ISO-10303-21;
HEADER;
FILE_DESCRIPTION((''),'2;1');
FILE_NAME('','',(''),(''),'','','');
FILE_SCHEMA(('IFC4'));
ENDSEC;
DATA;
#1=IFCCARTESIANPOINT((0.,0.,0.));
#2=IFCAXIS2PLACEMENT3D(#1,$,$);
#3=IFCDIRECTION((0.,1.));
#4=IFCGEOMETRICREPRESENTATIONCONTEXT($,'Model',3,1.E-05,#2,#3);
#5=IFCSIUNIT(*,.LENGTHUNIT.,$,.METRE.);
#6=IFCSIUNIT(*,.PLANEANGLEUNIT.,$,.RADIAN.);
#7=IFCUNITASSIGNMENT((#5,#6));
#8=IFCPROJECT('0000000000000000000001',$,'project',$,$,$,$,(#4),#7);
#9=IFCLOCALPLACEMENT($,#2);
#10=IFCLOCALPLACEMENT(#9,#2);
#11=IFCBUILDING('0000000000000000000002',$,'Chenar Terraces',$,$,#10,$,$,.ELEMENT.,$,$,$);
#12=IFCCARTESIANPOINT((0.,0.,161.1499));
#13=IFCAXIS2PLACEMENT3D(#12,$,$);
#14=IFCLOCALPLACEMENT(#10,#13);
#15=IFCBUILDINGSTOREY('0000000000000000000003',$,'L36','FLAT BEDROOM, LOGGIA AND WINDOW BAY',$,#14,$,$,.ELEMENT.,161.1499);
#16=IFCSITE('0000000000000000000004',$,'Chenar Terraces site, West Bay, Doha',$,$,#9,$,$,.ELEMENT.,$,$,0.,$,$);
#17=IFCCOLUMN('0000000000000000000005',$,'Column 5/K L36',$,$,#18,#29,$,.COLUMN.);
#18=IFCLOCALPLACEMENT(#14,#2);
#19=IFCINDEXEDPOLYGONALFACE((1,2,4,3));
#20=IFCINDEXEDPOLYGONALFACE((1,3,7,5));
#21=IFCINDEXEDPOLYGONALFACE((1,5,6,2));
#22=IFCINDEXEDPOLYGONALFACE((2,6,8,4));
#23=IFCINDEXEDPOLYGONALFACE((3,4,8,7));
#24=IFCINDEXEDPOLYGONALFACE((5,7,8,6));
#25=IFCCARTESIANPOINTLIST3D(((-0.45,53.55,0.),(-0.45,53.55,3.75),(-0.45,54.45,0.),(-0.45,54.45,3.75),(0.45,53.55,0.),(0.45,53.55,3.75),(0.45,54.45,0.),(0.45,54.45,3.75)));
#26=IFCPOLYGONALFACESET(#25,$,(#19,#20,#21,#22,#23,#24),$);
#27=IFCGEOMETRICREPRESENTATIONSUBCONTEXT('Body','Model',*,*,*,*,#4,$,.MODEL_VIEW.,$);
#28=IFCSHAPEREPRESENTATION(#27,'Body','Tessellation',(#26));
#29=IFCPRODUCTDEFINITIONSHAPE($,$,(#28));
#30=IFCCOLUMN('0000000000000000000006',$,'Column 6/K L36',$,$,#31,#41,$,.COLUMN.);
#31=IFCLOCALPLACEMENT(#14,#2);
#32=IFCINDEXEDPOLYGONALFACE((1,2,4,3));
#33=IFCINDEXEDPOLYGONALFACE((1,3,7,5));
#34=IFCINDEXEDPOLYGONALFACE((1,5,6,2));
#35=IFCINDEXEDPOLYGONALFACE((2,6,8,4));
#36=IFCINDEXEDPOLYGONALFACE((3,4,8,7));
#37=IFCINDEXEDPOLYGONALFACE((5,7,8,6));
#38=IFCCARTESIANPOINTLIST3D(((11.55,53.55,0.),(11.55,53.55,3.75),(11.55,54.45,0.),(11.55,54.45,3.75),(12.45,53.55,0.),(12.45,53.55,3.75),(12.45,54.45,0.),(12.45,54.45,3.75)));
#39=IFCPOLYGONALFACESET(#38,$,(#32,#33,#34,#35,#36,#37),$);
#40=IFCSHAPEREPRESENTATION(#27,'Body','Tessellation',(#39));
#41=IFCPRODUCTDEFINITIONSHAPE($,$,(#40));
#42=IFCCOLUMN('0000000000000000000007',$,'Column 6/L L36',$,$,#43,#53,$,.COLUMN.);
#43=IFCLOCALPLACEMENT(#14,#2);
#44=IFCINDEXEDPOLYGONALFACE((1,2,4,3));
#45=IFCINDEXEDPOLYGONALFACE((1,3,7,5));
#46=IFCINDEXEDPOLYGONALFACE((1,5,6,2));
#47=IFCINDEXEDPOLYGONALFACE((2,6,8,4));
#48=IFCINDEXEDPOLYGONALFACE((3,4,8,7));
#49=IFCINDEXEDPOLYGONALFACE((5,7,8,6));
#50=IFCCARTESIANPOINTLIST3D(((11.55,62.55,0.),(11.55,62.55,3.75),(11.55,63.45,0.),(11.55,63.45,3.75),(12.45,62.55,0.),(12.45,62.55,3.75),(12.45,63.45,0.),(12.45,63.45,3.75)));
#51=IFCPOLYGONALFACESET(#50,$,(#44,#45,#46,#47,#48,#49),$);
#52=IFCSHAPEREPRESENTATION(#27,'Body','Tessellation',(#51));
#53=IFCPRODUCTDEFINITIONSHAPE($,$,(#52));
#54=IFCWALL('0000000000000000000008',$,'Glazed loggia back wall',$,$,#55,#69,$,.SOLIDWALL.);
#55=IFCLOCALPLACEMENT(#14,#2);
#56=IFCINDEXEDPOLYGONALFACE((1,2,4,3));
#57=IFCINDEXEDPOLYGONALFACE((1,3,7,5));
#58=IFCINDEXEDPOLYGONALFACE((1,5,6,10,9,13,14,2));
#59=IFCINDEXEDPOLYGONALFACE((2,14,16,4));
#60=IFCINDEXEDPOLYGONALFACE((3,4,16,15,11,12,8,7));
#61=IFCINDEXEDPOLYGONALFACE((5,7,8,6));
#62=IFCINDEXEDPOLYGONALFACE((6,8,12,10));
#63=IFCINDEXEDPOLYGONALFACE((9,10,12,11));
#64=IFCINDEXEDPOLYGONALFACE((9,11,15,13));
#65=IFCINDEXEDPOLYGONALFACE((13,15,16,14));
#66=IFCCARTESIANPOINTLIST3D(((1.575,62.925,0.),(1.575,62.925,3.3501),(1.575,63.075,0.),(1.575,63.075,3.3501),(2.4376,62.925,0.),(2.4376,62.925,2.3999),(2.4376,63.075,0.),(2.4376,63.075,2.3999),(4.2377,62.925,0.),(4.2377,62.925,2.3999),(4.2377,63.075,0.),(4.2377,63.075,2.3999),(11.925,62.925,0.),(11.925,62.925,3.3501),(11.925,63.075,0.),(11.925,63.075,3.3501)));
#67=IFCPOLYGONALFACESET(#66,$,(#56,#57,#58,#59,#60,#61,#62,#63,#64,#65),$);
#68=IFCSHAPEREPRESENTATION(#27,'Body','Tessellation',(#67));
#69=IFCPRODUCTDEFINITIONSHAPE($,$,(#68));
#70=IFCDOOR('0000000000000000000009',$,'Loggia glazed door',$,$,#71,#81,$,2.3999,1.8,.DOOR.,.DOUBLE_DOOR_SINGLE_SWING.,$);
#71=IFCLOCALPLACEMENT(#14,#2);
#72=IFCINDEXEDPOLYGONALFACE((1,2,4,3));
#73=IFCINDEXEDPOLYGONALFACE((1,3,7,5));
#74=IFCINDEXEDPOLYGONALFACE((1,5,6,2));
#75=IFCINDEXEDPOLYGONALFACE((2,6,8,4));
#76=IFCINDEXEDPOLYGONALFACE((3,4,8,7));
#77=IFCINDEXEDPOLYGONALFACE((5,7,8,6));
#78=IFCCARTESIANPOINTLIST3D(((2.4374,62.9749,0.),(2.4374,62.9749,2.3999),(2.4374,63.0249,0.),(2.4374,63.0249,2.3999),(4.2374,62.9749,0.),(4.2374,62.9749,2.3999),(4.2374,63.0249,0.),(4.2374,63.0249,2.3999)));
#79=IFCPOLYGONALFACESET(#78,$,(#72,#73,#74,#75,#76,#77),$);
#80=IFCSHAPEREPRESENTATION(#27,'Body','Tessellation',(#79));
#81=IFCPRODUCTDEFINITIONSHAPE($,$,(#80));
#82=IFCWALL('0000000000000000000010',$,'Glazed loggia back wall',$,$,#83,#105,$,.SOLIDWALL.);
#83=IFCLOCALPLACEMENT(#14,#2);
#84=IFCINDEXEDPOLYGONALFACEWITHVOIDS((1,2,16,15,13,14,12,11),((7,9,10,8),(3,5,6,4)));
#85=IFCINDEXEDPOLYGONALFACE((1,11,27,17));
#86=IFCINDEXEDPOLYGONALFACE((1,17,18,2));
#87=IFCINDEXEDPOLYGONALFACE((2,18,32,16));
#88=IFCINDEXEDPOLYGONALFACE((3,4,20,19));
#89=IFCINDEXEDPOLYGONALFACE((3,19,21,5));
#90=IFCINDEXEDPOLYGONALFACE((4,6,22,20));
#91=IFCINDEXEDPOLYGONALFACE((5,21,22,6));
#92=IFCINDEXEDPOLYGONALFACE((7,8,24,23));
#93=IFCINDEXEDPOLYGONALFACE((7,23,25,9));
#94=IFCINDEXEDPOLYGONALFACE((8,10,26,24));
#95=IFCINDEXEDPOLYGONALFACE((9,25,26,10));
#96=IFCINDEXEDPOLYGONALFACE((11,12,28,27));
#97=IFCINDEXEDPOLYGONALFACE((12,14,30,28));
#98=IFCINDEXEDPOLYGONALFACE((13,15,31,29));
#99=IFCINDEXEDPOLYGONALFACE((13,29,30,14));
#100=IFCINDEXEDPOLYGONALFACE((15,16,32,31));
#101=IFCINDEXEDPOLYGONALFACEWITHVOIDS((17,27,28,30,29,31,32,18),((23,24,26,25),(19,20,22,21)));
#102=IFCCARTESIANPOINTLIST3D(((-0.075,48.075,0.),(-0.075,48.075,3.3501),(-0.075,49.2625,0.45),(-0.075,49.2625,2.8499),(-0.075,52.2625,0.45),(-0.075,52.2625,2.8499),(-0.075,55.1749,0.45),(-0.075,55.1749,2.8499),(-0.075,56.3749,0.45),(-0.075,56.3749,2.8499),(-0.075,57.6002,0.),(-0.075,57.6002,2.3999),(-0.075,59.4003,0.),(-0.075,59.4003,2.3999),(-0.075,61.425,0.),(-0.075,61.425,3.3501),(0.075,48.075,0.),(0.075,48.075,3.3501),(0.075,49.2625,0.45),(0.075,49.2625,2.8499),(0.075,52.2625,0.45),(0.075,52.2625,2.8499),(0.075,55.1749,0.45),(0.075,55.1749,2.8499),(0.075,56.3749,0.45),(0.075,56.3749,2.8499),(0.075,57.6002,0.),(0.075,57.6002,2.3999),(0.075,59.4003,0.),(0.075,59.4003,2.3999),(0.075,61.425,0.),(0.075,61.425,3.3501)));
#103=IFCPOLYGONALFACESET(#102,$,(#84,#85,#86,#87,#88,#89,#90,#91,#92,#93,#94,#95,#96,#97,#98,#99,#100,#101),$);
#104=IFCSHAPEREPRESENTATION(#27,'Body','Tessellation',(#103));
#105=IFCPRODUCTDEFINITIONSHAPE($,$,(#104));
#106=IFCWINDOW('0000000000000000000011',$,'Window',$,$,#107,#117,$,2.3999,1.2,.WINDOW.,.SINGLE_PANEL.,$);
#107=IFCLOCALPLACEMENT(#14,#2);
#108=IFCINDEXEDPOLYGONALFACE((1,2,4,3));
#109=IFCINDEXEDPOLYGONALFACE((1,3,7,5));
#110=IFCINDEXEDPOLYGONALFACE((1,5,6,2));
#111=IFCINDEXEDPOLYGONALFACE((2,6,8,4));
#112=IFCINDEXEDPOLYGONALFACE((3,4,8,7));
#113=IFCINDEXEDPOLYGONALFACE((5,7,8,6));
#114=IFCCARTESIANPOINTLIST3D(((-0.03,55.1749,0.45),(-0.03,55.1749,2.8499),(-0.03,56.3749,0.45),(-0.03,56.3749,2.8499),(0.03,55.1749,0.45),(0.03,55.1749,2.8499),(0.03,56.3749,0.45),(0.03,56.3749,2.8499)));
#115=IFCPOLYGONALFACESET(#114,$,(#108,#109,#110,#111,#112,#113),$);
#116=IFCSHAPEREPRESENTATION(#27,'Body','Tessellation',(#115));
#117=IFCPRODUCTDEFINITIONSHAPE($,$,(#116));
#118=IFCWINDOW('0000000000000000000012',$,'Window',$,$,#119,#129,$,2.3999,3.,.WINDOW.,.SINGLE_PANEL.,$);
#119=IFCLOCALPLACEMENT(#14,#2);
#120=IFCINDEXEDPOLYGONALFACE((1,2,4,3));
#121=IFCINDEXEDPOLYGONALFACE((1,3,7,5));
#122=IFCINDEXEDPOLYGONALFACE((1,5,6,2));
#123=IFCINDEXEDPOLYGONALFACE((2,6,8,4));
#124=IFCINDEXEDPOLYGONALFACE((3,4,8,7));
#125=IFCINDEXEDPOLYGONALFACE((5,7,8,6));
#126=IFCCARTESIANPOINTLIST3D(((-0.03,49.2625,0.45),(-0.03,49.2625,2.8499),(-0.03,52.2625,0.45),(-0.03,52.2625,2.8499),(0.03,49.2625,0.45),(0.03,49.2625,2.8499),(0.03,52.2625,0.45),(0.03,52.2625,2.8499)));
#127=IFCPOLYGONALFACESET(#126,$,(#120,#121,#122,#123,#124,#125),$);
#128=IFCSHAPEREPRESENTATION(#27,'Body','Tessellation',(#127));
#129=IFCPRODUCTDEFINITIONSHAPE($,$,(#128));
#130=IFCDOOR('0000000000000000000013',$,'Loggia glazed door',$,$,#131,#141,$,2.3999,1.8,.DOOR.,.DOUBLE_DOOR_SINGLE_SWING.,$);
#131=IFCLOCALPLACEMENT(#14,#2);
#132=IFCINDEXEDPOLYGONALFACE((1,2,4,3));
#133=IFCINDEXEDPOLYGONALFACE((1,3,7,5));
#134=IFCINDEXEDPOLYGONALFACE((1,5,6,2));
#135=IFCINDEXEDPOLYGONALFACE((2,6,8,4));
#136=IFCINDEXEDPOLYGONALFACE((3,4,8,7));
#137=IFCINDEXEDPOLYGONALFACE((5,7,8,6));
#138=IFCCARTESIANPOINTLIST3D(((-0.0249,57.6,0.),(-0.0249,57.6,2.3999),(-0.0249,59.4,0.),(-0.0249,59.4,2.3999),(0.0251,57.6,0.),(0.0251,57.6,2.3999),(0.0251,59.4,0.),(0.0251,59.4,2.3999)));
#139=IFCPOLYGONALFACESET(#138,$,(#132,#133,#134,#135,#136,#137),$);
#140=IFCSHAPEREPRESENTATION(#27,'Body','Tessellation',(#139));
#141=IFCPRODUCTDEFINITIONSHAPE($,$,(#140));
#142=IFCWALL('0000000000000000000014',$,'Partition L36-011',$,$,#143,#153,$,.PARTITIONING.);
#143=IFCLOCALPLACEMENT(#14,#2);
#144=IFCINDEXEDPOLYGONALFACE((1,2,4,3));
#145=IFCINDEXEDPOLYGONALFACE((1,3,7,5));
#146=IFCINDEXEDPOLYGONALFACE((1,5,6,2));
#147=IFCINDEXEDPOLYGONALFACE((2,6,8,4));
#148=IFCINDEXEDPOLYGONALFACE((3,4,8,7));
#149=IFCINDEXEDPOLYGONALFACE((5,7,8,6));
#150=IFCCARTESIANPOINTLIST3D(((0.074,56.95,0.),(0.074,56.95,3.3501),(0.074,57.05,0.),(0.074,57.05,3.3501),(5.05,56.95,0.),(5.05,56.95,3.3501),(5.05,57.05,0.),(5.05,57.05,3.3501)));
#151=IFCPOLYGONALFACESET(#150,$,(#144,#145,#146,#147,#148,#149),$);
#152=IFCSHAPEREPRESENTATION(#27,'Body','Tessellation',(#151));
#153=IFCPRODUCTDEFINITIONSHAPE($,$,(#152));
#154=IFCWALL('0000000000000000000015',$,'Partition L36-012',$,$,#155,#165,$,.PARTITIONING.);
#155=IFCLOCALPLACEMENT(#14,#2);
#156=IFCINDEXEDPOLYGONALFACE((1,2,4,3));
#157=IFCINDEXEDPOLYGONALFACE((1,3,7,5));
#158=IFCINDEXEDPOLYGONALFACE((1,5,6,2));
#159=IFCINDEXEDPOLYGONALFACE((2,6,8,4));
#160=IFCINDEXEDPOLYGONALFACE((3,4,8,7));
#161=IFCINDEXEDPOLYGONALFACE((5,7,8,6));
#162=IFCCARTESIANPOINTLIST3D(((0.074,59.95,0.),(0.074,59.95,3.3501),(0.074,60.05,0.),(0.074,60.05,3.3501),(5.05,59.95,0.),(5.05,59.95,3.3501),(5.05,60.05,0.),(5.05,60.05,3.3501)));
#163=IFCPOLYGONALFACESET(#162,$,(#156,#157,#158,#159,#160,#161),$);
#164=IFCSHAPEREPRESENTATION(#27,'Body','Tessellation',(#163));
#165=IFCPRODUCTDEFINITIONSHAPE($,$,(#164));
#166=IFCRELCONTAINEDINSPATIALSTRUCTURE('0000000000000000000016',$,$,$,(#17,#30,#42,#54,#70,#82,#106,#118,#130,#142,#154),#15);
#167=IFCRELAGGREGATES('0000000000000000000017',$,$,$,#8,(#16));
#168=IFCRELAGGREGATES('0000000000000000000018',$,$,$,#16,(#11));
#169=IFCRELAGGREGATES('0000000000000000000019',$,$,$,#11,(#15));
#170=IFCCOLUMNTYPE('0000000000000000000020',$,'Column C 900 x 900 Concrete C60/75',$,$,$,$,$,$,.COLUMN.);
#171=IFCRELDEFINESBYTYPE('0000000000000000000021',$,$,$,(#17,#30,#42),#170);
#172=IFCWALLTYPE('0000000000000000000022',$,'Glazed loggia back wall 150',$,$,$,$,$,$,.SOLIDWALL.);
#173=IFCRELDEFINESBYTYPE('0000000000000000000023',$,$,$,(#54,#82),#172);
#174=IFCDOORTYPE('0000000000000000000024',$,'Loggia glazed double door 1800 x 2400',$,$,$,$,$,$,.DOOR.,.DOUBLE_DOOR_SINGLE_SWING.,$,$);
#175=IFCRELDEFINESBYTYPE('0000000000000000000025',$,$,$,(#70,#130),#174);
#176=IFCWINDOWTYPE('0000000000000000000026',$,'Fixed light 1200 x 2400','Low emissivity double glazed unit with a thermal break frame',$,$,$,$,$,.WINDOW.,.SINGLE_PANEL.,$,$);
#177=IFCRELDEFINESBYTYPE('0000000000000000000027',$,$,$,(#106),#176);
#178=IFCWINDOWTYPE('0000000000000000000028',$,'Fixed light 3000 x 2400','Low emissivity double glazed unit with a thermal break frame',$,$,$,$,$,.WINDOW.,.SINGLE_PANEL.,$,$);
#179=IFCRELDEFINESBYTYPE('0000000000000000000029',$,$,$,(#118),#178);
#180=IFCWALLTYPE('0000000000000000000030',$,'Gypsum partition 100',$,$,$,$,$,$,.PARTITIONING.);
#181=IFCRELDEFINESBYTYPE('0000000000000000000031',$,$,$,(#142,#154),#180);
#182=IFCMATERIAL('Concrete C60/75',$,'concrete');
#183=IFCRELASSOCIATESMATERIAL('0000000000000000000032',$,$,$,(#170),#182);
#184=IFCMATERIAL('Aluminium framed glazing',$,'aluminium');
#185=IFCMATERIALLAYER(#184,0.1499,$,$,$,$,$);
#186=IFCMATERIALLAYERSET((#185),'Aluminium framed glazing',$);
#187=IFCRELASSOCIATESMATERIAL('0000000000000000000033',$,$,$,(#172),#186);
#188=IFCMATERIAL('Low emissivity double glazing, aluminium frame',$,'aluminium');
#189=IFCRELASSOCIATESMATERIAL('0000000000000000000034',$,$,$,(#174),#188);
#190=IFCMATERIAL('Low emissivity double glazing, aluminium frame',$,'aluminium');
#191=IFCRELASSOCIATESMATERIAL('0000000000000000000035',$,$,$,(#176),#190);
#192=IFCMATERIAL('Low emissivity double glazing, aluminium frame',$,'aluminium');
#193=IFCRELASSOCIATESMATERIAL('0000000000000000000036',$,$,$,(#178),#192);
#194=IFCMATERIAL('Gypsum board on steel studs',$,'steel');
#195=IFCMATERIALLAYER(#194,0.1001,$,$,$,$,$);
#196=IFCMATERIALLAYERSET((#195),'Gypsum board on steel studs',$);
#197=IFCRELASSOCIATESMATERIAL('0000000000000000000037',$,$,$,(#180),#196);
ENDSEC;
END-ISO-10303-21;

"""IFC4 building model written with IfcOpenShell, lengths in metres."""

from ifc_helpers import new_model, si_unit, direction, frame, frame_2d, origin, origin_2d, place, context, subcontext, project, spatial, rectangle, extrude, material, layer, layer_set, material_profile, profile_set, type_object, element, fill, save


model = new_model("IFC4")

# Units and contexts
model_context = context("Model", 3, precision=1e-05, world=origin(), true_north=direction((0.0, 1.0)))
body_context = subcontext(model_context, "Body", "Model", "MODEL_VIEW")
ifc_project = project(units=[si_unit("LENGTHUNIT", "METRE"), si_unit("PLANEANGLEUNIT", "RADIAN")], contexts=[model_context])

# Site, building, storey
site_placement = place(None, origin())
site = spatial("IfcSite", under=ifc_project, at=site_placement, Name="Chenar Terraces site, West Bay, Doha", CompositionType="ELEMENT", RefElevation=0.0)
building_placement = place(site_placement, origin())
building = spatial("IfcBuilding", under=site, at=building_placement, Name="Chenar Terraces", CompositionType="ELEMENT")
storey_placement = place(building_placement, frame((0.0, 0.0, 161.1499)))
storey = spatial("IfcBuildingStorey", under=building, at=storey_placement, Name="L36", Description="FLAT BEDROOM, LOGGIA AND WINDOW BAY", CompositionType="ELEMENT", Elevation=161.1499)

# Columns
ifc_material_1 = material(Name="Concrete C60/75", Category="concrete")
ifc_material_profile = material_profile(ifc_material_1, rectangle(XDim=0.8999, YDim=0.8999, at=origin_2d()), Name="C 900 x 900")
ifc_profile_set = profile_set([ifc_material_profile], Name="Concrete C60/75")
column_type = type_object("IfcColumnType", Name="Column C 900 x 900 Concrete C60/75", PredefinedType="COLUMN", material=ifc_profile_set)
for number, where, z_axis, x_axis, name in (
    (1, (0.0, 54.0, 0.0), (0.0, 0.0, 1.0), (1.0, 0.0, 0.0), "Column 5/K L36"),
    (2, (12.0, 54.0, 0.0), (0.0, 0.0, 1.0), (1.0, 0.0, 0.0), "Column 6/K L36"),
    (3, (12.0, 63.0, 0.0), (0.0, 0.0, 1.0), (1.0, 0.0, 0.0), "Column 6/L L36"),
):
    element("IfcColumn", number, at=place(storey_placement, frame(where, z_axis=z_axis, x_axis=x_axis)), inside=storey, type_object=column_type, Name=name, PredefinedType="COLUMN", context=body_context, shape_type="SweptSolid", body=[
        extrude(rectangle(XDim=0.8999, YDim=0.8999, at=origin_2d()), origin(), (0.0, 0.0, 1.0), 3.75),
    ])

# Wall, opening, door
ifc_material_2 = material(Name="Aluminium framed glazing", Category="aluminium")
ifc_layer_1 = layer(ifc_material_2, 0.1499)
ifc_layer_set_1 = layer_set([ifc_layer_1], Name="Aluminium framed glazing")
wall_type_1 = type_object("IfcWallType", Name="Glazed loggia back wall 150", PredefinedType="SOLIDWALL", material=ifc_layer_set_1)
wall_1_placement = place(storey_placement, frame((11.925, 63.0, 0.0), z_axis=(0.0, 0.0, 1.0), x_axis=(-1.0, 0.0, 0.0)))
wall_1 = element("IfcWall", 4, at=wall_1_placement, inside=storey, type_object=wall_type_1, Name="Glazed loggia back wall", PredefinedType="SOLIDWALL", context=body_context, shape_type="SweptSolid", body=[
    extrude(rectangle(XDim=10.3501, YDim=0.1499, at=frame_2d((5.175, 0.0))), origin(), (0.0, 0.0, 1.0), 3.3501),
])
opening_1_placement = place(wall_1_placement, frame((7.6875, 0.0, 0.0)))
opening_1 = element("IfcOpeningElement", 5, at=opening_1_placement, cuts=wall_1, PredefinedType="OPENING", context=body_context, shape_type="SweptSolid", body=[
    extrude(rectangle(XDim=1.8, YDim=2.3999, at=frame_2d((0.8999, 1.2))), frame((0.0, 0.085, 0.0), z_axis=(0.0, -1.0, 0.0), x_axis=(1.0, 0.0, 0.0)), (0.0, 0.0, 1.0), 0.1699),
])
ifc_material_3 = material(Name="Low emissivity double glazing, aluminium frame", Category="aluminium")
door_type_1 = type_object("IfcDoorType", Name="Loggia glazed double door 1800 x 2400", OperationType="DOUBLE_DOOR_SINGLE_SWING", PredefinedType="DOOR", material=ifc_material_3)
door_1_placement = place(opening_1_placement, frame((1.8, 0.0, 0.0), z_axis=(0.0, 0.0, 1.0), x_axis=(-1.0, 0.0, 0.0)))
door_1 = element("IfcDoor", 6, at=door_1_placement, inside=storey, type_object=door_type_1, Name="Loggia glazed door", OperationType="DOUBLE_DOOR_SINGLE_SWING", OverallHeight=2.3999, OverallWidth=1.8, PredefinedType="DOOR", context=body_context, shape_type="SweptSolid", body=[
    extrude(rectangle(XDim=1.8, YDim=2.3999, at=frame_2d((0.8999, 1.2))), frame((0.0, 0.0249, 0.0), z_axis=(0.0, -1.0, 0.0), x_axis=(1.0, 0.0, 0.0)), (0.0, 0.0, 1.0), 0.05),
])
fill(opening_1, door_1)

# Wall, openings, windows, door
wall_2_placement = place(storey_placement, frame((0.0, 61.425, 0.0), z_axis=(0.0, 0.0, 1.0), x_axis=(0.0, -1.0, 0.0)))
wall_2 = element("IfcWall", 7, at=wall_2_placement, inside=storey, type_object=wall_type_1, Name="Glazed loggia back wall", PredefinedType="SOLIDWALL", context=body_context, shape_type="SweptSolid", body=[
    extrude(rectangle(XDim=13.3501, YDim=0.1499, at=frame_2d((6.675, 0.0))), origin(), (0.0, 0.0, 1.0), 3.3501),
])
opening_2_placement = place(wall_2_placement, frame((2.0249, 0.0, 0.0)))
opening_2 = element("IfcOpeningElement", 8, at=opening_2_placement, cuts=wall_2, PredefinedType="OPENING", context=body_context, shape_type="SweptSolid", body=[
    extrude(rectangle(XDim=1.8, YDim=2.3999, at=frame_2d((0.8999, 1.2))), frame((0.0, 0.085, 0.0), z_axis=(0.0, -1.0, 0.0), x_axis=(1.0, 0.0, 0.0)), (0.0, 0.0, 1.0), 0.1699),
])
opening_3_placement = place(wall_2_placement, frame((5.05, 0.0, 0.45)))
opening_3 = element("IfcOpeningElement", 9, at=opening_3_placement, cuts=wall_2, PredefinedType="OPENING", context=body_context, shape_type="SweptSolid", body=[
    extrude(rectangle(XDim=1.2, YDim=2.3999, at=frame_2d((0.6001, 1.2))), frame((0.0, 0.085, 0.0), z_axis=(0.0, -1.0, 0.0), x_axis=(1.0, 0.0, 0.0)), (0.0, 0.0, 1.0), 0.1699),
])
opening_4_placement = place(wall_2_placement, frame((9.1626, 0.0, 0.45)))
opening_4 = element("IfcOpeningElement", 10, at=opening_4_placement, cuts=wall_2, PredefinedType="OPENING", context=body_context, shape_type="SweptSolid", body=[
    extrude(rectangle(XDim=3.0, YDim=2.3999, at=frame_2d((1.5, 1.2))), frame((0.0, 0.085, 0.0), z_axis=(0.0, -1.0, 0.0), x_axis=(1.0, 0.0, 0.0)), (0.0, 0.0, 1.0), 0.1699),
])
ifc_material_4 = material(Name="Low emissivity double glazing, aluminium frame", Category="aluminium")
window_type_1 = type_object("IfcWindowType", Name="Fixed light 1200 x 2400", Description="Low emissivity double glazed unit with a thermal break frame", PartitioningType="SINGLE_PANEL", PredefinedType="WINDOW", material=ifc_material_4)
window_1_placement = place(opening_3_placement, origin())
window_1 = element("IfcWindow", 11, at=window_1_placement, inside=storey, type_object=window_type_1, Name="Window", OverallHeight=2.3999, OverallWidth=1.2, PartitioningType="SINGLE_PANEL", PredefinedType="WINDOW", context=body_context, shape_type="SweptSolid", body=[
    extrude(rectangle(XDim=1.2, YDim=2.3999, at=frame_2d((0.6001, 1.2))), frame((0.0, 0.03, 0.0), z_axis=(0.0, -1.0, 0.0), x_axis=(1.0, 0.0, 0.0)), (0.0, 0.0, 1.0), 0.0601),
])
fill(opening_3, window_1)
ifc_material_5 = material(Name="Low emissivity double glazing, aluminium frame", Category="aluminium")
window_type_2 = type_object("IfcWindowType", Name="Fixed light 3000 x 2400", Description="Low emissivity double glazed unit with a thermal break frame", PartitioningType="SINGLE_PANEL", PredefinedType="WINDOW", material=ifc_material_5)
window_2_placement = place(opening_4_placement, origin())
window_2 = element("IfcWindow", 12, at=window_2_placement, inside=storey, type_object=window_type_2, Name="Window", OverallHeight=2.3999, OverallWidth=3.0, PartitioningType="SINGLE_PANEL", PredefinedType="WINDOW", context=body_context, shape_type="SweptSolid", body=[
    extrude(rectangle(XDim=3.0, YDim=2.3999, at=frame_2d((1.5, 1.2))), frame((0.0, 0.03, 0.0), z_axis=(0.0, -1.0, 0.0), x_axis=(1.0, 0.0, 0.0)), (0.0, 0.0, 1.0), 0.0601),
])
fill(opening_4, window_2)
door_2_placement = place(opening_2_placement, frame((1.8, 0.0, 0.0), z_axis=(0.0, 0.0, 1.0), x_axis=(-1.0, 0.0, 0.0)))
door_2 = element("IfcDoor", 13, at=door_2_placement, inside=storey, type_object=door_type_1, Name="Loggia glazed door", OperationType="DOUBLE_DOOR_SINGLE_SWING", OverallHeight=2.3999, OverallWidth=1.8, PredefinedType="DOOR", context=body_context, shape_type="SweptSolid", body=[
    extrude(rectangle(XDim=1.8, YDim=2.3999, at=frame_2d((0.8999, 1.2))), frame((0.0, 0.0249, 0.0), z_axis=(0.0, -1.0, 0.0), x_axis=(1.0, 0.0, 0.0)), (0.0, 0.0, 1.0), 0.05),
])
fill(opening_2, door_2)

# Walls
ifc_material_6 = material(Name="Gypsum board on steel studs", Category="steel")
ifc_layer_2 = layer(ifc_material_6, 0.1001)
ifc_layer_set_2 = layer_set([ifc_layer_2], Name="Gypsum board on steel studs")
wall_type_2 = type_object("IfcWallType", Name="Gypsum partition 100", PredefinedType="PARTITIONING", material=ifc_layer_set_2)
for number, where, z_axis, x_axis, name in (
    (14, (0.074, 57.0, 0.0), (0.0, 0.0, 1.0), (1.0, 0.0, 0.0), "Partition L36-011"),
    (15, (0.074, 60.0, 0.0), (0.0, 0.0, 1.0), (1.0, 0.0, 0.0), "Partition L36-012"),
):
    element("IfcWall", number, at=place(storey_placement, frame(where, z_axis=z_axis, x_axis=x_axis)), inside=storey, type_object=wall_type_2, Name=name, PredefinedType="PARTITIONING", context=body_context, shape_type="SweptSolid", body=[
        extrude(rectangle(XDim=4.9761, YDim=0.1001, at=frame_2d((2.488, 0.0))), origin(), (0.0, 0.0, 1.0), 3.3501),
    ])

save(model, "model.ifc")
